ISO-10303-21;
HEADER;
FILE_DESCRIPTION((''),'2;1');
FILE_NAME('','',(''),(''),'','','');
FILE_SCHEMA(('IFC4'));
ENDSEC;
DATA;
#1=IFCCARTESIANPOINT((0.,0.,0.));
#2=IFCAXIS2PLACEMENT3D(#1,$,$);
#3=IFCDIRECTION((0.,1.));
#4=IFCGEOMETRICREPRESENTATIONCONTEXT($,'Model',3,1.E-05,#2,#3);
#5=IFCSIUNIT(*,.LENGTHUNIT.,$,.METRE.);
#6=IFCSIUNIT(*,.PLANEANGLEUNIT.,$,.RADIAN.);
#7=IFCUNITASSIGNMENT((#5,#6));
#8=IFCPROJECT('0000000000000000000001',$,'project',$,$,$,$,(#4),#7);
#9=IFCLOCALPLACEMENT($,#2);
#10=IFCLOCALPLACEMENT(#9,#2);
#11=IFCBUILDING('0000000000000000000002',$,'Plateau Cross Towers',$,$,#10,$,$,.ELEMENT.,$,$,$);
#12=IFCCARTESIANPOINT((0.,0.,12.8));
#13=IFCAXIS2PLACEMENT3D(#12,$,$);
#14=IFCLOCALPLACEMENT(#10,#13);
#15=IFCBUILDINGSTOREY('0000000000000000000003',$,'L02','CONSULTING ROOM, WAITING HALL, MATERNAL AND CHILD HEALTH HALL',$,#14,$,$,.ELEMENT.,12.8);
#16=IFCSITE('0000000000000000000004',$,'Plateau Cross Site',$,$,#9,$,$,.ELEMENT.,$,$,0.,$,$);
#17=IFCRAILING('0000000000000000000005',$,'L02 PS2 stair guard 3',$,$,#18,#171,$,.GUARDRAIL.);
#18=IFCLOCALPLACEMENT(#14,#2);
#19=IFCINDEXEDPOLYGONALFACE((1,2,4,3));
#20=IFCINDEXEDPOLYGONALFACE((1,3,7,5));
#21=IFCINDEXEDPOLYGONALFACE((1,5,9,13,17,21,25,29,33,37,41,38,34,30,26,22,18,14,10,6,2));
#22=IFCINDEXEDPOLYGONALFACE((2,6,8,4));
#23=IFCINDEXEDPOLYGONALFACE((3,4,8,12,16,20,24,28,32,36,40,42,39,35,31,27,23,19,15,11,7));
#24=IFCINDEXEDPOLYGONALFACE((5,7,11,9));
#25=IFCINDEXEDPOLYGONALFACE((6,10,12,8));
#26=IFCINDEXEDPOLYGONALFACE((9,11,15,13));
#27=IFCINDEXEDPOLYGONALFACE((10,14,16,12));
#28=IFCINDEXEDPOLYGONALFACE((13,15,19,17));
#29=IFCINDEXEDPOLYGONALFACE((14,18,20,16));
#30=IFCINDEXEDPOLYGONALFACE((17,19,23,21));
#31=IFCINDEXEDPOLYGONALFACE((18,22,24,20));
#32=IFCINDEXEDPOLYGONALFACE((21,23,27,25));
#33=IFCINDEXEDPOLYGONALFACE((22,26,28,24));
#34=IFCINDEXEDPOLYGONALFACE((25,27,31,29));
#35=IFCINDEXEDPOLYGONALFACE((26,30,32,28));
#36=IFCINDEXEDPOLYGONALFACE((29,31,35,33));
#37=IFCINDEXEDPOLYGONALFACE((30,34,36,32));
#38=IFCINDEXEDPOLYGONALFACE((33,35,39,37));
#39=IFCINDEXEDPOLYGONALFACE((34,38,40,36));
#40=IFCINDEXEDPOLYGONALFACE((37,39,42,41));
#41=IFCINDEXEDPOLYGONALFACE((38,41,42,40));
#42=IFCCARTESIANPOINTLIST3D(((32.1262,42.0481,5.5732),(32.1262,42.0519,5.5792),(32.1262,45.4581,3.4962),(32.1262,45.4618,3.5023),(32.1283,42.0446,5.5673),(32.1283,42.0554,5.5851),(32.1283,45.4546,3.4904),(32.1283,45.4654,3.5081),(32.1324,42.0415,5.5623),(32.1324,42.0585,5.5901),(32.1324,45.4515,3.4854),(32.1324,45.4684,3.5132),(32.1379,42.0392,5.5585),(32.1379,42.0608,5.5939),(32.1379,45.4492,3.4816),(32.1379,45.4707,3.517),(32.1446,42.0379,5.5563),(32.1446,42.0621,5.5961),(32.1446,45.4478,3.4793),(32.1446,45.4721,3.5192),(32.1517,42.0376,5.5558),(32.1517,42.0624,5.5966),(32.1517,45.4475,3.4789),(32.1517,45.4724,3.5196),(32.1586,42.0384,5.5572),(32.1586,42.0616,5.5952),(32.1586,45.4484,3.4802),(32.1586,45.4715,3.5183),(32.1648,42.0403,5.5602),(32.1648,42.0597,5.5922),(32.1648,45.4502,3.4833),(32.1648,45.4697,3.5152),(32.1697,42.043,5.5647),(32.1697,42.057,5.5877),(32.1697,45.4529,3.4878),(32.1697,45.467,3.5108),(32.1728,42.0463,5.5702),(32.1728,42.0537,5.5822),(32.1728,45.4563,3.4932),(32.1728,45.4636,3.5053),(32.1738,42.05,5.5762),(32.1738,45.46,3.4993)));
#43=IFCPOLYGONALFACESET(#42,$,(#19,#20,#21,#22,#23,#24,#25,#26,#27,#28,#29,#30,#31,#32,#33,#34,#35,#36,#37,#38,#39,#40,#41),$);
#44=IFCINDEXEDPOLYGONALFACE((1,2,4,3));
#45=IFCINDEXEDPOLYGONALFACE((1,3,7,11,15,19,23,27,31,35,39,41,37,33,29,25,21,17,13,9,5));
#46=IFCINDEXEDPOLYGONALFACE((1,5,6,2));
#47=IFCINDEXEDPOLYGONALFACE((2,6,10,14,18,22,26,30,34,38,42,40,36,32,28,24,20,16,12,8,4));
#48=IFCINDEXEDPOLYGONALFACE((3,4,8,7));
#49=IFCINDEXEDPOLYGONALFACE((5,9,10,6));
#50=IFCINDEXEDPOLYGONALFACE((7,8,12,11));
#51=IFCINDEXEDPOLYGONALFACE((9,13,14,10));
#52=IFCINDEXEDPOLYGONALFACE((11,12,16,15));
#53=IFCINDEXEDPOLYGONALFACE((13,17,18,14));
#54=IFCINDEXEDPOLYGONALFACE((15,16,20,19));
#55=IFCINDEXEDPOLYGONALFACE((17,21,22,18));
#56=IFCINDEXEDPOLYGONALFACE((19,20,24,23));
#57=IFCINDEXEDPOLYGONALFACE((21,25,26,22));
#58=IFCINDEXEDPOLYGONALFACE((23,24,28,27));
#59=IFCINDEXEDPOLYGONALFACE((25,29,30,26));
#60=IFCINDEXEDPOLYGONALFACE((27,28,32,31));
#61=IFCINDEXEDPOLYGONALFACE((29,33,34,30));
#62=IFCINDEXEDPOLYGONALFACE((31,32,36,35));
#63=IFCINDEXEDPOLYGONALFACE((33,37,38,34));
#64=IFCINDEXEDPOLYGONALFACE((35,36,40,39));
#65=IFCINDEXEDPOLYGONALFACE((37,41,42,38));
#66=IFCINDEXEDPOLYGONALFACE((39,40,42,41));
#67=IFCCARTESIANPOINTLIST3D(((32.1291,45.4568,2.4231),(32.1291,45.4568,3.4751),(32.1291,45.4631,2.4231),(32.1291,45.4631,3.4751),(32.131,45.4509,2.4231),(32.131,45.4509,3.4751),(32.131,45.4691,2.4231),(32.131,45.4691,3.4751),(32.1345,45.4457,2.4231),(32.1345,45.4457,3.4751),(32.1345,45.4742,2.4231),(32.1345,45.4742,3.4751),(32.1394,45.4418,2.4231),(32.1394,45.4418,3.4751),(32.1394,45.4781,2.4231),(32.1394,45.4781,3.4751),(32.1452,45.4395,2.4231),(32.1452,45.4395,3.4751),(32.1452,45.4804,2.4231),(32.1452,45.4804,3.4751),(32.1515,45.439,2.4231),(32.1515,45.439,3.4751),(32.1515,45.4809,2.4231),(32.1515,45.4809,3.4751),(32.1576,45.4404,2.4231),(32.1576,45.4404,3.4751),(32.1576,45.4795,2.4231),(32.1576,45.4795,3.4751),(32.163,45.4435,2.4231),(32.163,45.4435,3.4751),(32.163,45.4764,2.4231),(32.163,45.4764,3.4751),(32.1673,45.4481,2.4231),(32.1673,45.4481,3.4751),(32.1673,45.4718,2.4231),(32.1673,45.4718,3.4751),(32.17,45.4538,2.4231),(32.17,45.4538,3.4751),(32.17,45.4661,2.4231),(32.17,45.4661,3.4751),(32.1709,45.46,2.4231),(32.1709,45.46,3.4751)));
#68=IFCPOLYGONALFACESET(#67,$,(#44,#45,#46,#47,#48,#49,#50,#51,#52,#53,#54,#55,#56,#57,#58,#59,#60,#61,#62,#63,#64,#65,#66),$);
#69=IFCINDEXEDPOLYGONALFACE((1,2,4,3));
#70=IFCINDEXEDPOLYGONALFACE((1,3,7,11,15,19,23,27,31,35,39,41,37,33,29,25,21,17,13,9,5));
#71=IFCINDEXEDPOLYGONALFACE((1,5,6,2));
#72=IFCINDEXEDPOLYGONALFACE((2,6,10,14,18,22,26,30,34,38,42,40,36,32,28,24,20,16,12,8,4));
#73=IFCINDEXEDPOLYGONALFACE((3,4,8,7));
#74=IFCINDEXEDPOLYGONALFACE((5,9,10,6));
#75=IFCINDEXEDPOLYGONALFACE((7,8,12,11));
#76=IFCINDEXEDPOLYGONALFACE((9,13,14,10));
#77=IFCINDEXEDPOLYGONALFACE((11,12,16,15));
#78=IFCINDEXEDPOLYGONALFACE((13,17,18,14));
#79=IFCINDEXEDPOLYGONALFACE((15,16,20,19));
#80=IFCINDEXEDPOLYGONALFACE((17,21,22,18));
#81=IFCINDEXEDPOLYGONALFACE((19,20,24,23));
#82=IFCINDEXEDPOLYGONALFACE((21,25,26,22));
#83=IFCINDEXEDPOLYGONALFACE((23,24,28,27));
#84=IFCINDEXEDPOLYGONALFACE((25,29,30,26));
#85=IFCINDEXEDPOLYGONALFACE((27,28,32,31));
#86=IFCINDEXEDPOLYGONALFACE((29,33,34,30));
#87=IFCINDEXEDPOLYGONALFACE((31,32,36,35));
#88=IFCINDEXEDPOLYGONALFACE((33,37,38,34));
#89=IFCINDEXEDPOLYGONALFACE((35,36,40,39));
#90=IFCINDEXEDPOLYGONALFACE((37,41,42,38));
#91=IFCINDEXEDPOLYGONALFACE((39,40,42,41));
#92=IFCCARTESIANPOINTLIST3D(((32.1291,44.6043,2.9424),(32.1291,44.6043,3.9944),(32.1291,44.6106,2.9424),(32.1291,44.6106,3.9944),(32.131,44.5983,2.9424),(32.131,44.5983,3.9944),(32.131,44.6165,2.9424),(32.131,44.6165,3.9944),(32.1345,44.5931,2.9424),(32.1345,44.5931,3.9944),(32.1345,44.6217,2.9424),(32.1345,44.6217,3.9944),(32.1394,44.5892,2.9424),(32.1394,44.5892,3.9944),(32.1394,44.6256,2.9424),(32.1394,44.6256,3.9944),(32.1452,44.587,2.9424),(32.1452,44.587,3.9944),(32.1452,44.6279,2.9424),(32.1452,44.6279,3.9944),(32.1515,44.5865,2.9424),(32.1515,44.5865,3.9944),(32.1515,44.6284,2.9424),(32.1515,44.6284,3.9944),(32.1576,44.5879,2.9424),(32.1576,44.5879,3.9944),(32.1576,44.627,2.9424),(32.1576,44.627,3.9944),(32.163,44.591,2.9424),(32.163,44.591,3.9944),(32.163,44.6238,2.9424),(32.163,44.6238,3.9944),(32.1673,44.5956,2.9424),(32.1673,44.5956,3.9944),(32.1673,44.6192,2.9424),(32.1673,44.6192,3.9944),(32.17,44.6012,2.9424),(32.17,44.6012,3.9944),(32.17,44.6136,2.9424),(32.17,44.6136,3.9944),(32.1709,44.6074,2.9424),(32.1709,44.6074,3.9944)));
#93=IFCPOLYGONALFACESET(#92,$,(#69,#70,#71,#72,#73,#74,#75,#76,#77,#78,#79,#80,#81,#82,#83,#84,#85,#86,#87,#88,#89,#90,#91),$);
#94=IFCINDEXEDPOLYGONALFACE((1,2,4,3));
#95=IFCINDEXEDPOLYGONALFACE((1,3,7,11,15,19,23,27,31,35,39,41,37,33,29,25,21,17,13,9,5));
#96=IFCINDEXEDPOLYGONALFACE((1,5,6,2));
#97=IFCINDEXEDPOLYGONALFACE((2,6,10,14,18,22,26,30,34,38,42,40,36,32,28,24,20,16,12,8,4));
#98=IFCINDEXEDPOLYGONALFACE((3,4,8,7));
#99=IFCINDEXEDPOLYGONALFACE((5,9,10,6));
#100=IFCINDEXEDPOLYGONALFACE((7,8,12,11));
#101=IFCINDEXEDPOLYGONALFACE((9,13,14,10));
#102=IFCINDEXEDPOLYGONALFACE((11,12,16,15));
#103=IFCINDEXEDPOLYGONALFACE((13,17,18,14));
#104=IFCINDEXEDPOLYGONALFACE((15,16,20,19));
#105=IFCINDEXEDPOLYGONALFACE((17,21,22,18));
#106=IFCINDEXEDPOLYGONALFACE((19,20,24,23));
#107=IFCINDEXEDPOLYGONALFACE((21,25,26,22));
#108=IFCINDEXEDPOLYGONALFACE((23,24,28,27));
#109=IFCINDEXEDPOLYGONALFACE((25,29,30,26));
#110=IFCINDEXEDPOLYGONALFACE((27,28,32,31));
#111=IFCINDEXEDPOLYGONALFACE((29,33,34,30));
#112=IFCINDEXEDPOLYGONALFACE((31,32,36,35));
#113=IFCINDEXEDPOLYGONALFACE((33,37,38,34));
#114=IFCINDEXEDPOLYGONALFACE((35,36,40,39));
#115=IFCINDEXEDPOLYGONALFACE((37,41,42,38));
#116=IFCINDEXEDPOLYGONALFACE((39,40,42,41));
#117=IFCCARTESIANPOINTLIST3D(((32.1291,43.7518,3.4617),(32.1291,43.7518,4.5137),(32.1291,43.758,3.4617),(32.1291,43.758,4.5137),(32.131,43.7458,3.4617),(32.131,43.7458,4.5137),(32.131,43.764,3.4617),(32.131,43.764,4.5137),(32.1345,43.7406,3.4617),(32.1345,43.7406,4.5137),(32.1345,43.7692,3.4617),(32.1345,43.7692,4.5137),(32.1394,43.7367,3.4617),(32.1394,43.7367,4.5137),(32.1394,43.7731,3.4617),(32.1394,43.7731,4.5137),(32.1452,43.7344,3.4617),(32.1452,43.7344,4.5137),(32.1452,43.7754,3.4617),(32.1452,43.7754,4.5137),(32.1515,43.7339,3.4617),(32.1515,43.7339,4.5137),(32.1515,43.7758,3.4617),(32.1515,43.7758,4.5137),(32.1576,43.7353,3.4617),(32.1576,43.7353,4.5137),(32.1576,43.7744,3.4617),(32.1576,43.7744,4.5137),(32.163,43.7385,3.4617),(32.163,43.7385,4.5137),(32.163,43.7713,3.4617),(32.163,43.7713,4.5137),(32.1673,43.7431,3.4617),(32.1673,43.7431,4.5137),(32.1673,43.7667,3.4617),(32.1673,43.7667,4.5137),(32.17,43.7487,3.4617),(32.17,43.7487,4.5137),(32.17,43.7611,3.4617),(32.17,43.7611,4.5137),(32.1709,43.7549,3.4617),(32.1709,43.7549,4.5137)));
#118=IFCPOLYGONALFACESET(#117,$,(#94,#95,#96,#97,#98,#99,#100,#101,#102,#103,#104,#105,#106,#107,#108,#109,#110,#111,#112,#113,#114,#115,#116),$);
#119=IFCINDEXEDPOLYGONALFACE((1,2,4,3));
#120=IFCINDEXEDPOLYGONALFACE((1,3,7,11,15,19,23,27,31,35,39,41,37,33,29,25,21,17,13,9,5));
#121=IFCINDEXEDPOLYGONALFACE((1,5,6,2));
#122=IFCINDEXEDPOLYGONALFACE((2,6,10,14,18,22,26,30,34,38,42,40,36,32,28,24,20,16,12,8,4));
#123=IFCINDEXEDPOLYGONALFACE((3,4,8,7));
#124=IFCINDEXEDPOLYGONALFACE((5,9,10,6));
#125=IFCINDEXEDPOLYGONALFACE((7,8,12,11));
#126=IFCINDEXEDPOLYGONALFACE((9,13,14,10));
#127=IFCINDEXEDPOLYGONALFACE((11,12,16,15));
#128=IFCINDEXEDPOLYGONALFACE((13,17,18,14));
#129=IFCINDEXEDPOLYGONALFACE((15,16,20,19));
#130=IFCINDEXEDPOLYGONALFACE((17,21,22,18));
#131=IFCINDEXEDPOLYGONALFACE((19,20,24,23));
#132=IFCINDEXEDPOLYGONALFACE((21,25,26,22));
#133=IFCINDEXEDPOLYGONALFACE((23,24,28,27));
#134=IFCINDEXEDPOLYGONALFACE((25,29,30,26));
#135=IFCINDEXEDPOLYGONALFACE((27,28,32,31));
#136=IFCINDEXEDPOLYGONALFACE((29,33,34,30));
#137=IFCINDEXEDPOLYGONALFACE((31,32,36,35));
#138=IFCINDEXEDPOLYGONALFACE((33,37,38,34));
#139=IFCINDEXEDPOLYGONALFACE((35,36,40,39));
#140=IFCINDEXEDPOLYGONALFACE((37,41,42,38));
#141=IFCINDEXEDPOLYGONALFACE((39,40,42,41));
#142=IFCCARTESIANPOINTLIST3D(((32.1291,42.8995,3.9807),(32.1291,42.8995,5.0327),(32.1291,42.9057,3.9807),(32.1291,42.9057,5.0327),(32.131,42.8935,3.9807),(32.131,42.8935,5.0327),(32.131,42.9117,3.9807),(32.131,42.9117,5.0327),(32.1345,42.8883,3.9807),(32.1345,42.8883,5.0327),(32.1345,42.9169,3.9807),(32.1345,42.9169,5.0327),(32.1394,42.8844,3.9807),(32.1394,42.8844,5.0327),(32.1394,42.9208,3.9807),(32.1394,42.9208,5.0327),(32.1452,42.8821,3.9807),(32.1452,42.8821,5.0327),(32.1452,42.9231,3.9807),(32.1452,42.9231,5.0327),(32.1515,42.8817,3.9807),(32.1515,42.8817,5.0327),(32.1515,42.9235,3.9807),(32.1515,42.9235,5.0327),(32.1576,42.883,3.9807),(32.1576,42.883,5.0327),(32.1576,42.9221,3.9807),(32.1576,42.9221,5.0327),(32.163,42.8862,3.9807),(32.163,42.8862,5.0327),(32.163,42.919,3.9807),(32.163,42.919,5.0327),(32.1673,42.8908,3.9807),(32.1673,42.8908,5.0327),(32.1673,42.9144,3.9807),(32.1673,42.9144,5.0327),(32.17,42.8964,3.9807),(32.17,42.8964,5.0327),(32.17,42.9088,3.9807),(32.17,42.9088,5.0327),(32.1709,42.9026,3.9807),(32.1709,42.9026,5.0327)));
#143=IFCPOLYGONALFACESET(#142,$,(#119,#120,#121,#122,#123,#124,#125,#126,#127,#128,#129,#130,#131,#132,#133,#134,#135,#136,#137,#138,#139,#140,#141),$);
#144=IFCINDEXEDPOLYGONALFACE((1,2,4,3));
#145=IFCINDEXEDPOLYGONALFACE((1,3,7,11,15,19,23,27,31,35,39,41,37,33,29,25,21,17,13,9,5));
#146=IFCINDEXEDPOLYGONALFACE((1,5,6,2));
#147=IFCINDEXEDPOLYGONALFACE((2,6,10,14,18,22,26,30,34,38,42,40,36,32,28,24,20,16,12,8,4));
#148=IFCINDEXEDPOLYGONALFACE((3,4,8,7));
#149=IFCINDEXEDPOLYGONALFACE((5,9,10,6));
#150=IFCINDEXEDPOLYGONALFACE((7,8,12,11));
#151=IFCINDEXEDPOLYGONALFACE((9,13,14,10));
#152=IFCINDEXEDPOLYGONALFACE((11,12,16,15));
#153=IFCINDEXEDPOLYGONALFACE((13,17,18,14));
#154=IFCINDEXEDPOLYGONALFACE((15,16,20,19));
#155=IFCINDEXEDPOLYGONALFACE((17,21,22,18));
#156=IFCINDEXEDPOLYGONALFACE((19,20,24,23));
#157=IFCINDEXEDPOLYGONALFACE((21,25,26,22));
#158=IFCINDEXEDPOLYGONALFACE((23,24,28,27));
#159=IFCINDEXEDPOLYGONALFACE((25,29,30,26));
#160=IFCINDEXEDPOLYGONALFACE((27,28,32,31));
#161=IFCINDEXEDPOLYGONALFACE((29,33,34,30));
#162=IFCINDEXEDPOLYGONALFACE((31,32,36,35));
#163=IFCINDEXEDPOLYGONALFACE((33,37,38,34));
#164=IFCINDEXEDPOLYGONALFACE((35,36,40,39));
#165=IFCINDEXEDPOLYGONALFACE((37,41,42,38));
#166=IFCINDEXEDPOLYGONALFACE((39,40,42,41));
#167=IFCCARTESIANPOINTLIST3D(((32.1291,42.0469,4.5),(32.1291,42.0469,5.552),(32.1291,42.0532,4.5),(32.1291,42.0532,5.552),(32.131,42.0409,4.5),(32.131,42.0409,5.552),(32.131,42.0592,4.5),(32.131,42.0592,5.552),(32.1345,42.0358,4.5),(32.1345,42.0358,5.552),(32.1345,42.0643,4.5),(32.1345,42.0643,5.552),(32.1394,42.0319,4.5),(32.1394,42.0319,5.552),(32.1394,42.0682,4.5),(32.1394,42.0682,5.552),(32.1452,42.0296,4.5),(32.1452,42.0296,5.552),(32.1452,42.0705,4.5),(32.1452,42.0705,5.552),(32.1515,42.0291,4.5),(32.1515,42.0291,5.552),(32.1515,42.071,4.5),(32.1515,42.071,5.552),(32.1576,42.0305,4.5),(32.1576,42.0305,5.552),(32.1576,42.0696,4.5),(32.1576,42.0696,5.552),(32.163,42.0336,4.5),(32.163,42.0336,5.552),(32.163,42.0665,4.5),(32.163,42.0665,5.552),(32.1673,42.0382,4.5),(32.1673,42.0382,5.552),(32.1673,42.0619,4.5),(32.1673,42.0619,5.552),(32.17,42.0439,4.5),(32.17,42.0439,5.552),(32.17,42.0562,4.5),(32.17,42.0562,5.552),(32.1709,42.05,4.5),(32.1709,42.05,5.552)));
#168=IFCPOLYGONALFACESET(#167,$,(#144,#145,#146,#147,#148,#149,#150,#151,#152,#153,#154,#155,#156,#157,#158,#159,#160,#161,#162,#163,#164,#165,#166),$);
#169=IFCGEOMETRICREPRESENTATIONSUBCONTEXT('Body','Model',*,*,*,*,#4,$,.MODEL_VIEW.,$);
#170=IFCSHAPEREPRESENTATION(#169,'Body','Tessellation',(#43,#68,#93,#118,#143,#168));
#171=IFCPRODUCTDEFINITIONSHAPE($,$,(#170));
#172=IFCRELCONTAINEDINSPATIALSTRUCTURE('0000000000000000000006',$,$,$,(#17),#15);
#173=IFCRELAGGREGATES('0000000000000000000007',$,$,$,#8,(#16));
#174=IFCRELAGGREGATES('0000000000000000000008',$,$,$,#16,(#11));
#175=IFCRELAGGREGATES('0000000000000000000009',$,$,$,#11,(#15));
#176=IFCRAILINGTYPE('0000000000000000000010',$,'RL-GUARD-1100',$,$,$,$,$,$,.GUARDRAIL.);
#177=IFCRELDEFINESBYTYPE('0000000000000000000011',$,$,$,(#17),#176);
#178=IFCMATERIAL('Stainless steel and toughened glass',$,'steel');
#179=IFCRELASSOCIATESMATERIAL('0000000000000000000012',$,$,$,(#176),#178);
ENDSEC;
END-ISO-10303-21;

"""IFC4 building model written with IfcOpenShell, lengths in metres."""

from ifc_helpers import new_model, si_unit, direction, frame, origin, origin_2d, place, context, subcontext, project, spatial, circle, extrude, material, type_object, element, save


model = new_model("IFC4")

# Units and contexts
model_context = context("Model", 3, precision=1e-05, world=origin(), true_north=direction((0.0, 1.0)))
body_context = subcontext(model_context, "Body", "Model", "MODEL_VIEW")
ifc_project = project(units=[si_unit("LENGTHUNIT", "METRE"), si_unit("PLANEANGLEUNIT", "RADIAN")], contexts=[model_context])

# Site, building, storey
site_placement = place(None, origin())
site = spatial("IfcSite", under=ifc_project, at=site_placement, Name="Plateau Cross Site", CompositionType="ELEMENT", RefElevation=0.0)
building_placement = place(site_placement, origin())
building = spatial("IfcBuilding", under=site, at=building_placement, Name="Plateau Cross Towers", CompositionType="ELEMENT")
storey_placement = place(building_placement, frame((0.0, 0.0, 12.8)))
storey = spatial("IfcBuildingStorey", under=building, at=storey_placement, Name="L02", Description="CONSULTING ROOM, WAITING HALL, MATERNAL AND CHILD HEALTH HALL", CompositionType="ELEMENT", Elevation=12.8)

# Railing
ifc_material_1 = material(Name="Stainless steel and toughened glass", Category="steel")
railing_type_1 = type_object("IfcRailingType", Name="RL-GUARD-1100", PredefinedType="GUARDRAIL", material=ifc_material_1)
railing_1_placement = place(storey_placement, frame((32.1499, 45.46, 2.4231)))
element("IfcRailing", 1, at=railing_1_placement, inside=storey, type_object=railing_type_1, Name="L02 PS2 stair guard 3", PredefinedType="GUARDRAIL", context=body_context, shape_type="SweptSolid", body=[
    extrude(circle(Radius=0.0239, at=origin_2d()), frame((0.0, 0.0, 1.0762), z_axis=(0.0, -0.854053, 0.520186), x_axis=(1.0, 0.0, 0.0)), (0.0, 0.0, 1.0), 3.9927),
    extrude(circle(Radius=0.021, at=origin_2d()), origin(), (0.0, 0.0, 1.0), 1.052),
    extrude(circle(Radius=0.021, at=origin_2d()), frame((0.0, -0.8525, 0.5193)), (0.0, 0.0, 1.0), 1.052),
    extrude(circle(Radius=0.021, at=origin_2d()), frame((0.0, -1.7051, 1.0386)), (0.0, 0.0, 1.0), 1.052),
    extrude(circle(Radius=0.021, at=origin_2d()), frame((0.0, -2.5574, 1.5576)), (0.0, 0.0, 1.0), 1.052),
    extrude(circle(Radius=0.021, at=origin_2d()), frame((0.0, -3.4099, 2.0769)), (0.0, 0.0, 1.0), 1.052),
])

save(model, "model.ifc")
